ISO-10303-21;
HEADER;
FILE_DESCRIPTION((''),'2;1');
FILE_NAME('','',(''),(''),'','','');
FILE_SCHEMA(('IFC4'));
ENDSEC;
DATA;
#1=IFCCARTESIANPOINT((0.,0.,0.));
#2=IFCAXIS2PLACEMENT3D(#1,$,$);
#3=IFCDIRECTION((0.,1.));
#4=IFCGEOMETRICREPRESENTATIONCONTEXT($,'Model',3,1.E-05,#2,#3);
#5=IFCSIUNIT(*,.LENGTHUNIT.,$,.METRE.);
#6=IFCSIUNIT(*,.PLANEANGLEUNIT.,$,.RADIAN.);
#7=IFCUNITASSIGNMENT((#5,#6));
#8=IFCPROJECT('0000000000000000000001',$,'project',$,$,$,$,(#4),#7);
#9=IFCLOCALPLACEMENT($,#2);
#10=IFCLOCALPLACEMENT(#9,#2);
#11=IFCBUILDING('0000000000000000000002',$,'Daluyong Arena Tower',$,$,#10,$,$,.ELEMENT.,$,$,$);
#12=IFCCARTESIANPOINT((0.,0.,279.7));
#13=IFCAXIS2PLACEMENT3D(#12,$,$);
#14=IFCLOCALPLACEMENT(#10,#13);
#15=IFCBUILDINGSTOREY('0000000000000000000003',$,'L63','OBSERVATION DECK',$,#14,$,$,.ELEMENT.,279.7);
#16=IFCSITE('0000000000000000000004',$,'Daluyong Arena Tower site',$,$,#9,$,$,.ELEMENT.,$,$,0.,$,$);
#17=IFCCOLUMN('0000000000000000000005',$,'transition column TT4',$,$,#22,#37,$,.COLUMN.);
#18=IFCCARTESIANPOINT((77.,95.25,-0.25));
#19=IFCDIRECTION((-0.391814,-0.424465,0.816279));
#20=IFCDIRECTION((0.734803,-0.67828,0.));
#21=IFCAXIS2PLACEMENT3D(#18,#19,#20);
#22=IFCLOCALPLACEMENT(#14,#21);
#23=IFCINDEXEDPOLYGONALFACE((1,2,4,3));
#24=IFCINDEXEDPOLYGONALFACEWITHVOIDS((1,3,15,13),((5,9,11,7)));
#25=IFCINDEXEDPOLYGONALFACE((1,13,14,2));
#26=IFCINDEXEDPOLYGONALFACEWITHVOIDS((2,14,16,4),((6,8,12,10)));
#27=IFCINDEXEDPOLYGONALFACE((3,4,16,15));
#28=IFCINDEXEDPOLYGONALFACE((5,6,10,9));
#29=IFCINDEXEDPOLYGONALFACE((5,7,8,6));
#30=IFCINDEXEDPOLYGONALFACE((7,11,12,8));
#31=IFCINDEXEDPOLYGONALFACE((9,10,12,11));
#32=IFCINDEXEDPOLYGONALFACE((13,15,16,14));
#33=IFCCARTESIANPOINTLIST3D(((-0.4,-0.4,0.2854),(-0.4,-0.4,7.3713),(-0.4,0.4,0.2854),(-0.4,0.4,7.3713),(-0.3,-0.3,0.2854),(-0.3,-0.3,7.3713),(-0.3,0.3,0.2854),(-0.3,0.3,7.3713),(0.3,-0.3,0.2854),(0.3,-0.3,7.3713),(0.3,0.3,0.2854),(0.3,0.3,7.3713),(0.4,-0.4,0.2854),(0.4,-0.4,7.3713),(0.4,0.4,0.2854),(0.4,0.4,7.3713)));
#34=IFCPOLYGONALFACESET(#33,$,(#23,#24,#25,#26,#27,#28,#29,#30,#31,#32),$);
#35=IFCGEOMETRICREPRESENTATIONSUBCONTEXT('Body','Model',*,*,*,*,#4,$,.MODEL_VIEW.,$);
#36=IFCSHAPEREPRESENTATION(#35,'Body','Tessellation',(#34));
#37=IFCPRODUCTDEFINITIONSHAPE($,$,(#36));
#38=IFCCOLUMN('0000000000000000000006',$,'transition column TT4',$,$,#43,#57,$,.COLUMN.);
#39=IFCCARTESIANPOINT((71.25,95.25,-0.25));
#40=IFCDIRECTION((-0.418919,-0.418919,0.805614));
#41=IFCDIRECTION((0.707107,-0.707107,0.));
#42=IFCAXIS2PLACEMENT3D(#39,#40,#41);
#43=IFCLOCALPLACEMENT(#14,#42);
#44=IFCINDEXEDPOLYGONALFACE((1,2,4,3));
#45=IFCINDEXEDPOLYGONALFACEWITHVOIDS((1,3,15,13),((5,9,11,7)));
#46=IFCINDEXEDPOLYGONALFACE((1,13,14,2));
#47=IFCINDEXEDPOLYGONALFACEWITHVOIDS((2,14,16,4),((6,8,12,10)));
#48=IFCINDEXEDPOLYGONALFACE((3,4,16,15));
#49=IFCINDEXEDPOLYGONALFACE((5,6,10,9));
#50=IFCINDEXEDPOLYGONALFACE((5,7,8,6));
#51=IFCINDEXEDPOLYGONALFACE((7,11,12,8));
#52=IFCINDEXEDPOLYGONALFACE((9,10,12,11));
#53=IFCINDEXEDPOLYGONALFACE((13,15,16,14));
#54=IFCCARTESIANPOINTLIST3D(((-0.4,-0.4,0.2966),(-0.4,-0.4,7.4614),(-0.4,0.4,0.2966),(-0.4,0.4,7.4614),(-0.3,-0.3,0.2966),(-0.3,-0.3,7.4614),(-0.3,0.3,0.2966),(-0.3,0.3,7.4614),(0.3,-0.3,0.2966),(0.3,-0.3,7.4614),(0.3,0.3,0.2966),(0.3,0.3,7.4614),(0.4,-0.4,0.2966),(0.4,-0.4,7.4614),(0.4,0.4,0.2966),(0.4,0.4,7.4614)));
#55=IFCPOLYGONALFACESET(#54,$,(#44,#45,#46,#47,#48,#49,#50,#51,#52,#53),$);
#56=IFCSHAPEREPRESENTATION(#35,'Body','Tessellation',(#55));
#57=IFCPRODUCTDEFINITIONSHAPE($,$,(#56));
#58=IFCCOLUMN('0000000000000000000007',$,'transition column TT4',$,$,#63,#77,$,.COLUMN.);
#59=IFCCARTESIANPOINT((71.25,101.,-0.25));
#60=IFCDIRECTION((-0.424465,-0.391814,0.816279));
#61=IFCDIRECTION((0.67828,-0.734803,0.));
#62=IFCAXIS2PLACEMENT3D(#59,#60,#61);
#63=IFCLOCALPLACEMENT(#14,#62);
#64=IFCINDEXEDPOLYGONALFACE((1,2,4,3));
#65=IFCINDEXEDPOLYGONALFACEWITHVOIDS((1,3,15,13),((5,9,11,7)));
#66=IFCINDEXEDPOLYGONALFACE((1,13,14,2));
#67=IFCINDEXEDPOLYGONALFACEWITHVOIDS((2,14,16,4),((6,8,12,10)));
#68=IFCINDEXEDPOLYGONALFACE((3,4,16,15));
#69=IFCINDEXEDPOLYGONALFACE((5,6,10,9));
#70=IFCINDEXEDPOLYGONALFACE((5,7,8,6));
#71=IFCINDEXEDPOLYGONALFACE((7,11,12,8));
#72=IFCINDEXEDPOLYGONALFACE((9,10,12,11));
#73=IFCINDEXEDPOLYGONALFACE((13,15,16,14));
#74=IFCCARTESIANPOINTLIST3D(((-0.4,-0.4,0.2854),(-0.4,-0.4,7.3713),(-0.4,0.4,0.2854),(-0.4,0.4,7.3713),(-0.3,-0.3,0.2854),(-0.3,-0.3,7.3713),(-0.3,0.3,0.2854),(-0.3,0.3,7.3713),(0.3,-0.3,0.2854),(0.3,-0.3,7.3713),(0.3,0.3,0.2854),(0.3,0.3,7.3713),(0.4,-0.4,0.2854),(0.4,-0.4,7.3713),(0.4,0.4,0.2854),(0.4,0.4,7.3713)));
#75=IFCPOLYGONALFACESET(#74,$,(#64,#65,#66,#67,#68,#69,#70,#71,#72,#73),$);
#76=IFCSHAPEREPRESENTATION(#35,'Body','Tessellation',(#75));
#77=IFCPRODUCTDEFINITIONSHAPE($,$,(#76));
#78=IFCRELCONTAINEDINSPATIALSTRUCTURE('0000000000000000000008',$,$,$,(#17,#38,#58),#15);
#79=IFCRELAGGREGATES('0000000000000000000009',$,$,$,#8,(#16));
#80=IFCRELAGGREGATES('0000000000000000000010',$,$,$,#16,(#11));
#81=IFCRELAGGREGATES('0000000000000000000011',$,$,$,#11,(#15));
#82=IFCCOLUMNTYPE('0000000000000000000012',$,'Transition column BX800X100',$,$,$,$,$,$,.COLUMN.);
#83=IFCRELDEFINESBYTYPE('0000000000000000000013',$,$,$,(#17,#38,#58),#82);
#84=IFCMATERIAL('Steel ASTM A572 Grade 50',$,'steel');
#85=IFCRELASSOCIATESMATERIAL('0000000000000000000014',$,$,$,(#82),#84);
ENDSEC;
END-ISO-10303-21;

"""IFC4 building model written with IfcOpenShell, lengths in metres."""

from ifc_helpers import new_model, si_unit, direction, frame, origin, origin_2d, place, context, subcontext, project, spatial, hollow_rectangle, extrude, clip, halfspace, material, material_profile, profile_set, type_object, element, save


model = new_model("IFC4")

# Units and contexts
model_context = context("Model", 3, precision=1e-05, world=origin(), true_north=direction((0.0, 1.0)))
body_context = subcontext(model_context, "Body", "Model", "MODEL_VIEW")
ifc_project = project(units=[si_unit("LENGTHUNIT", "METRE"), si_unit("PLANEANGLEUNIT", "RADIAN")], contexts=[model_context])

# Site, building, storey
site_placement = place(None, origin())
site = spatial("IfcSite", under=ifc_project, at=site_placement, Name="Daluyong Arena Tower site", CompositionType="ELEMENT", RefElevation=0.0)
building_placement = place(site_placement, origin())
building = spatial("IfcBuilding", under=site, at=building_placement, Name="Daluyong Arena Tower", CompositionType="ELEMENT")
storey_placement = place(building_placement, frame((0.0, 0.0, 279.7)))
storey = spatial("IfcBuildingStorey", under=building, at=storey_placement, Name="L63", Description="OBSERVATION DECK", CompositionType="ELEMENT", Elevation=279.7)

# Columns
ifc_material_1 = material(Name="Steel ASTM A572 Grade 50", Category="steel")
ifc_material_profile_1 = material_profile(ifc_material_1, hollow_rectangle(XDim=0.8, YDim=0.8, WallThickness=0.1, at=origin_2d()))
ifc_profile_set_1 = profile_set([ifc_material_profile_1], Name="Steel ASTM A572 Grade 50")
column_type_1 = type_object("IfcColumnType", Name="Transition column BX800X100", PredefinedType="COLUMN", material=ifc_profile_set_1)
column_1_placement = place(storey_placement, frame((77.0, 95.25, -0.25), z_axis=(-0.391814, -0.424465, 0.816279), x_axis=(0.734803, -0.67828, 0.0)))
element("IfcColumn", 1, at=column_1_placement, inside=storey, type_object=column_type_1, Name="transition column TT4", PredefinedType="COLUMN", context=body_context, shape_type="Clipping", body=[
    clip(clip(extrude(hollow_rectangle(XDim=0.8, YDim=0.8, WallThickness=0.1, at=origin_2d()), origin(), (0.0, 0.0, 1.0), 7.6567), halfspace(frame((0.0, 0.0, 0.2854), z_axis=(0.0, 0.0, 1.0), x_axis=(1.0, 0.0, 0.0)), True)), halfspace(frame((0.0, 0.0, 7.3713), z_axis=(0.0, 0.0, -1.0), x_axis=(1.0, 0.0, 0.0)), True)),
])
column_2_placement = place(storey_placement, frame((71.25, 95.25, -0.25), z_axis=(-0.418919, -0.418919, 0.805614), x_axis=(0.707107, -0.707107, 0.0)))
element("IfcColumn", 2, at=column_2_placement, inside=storey, type_object=column_type_1, Name="transition column TT4", PredefinedType="COLUMN", context=body_context, shape_type="Clipping", body=[
    clip(clip(extrude(hollow_rectangle(XDim=0.8, YDim=0.8, WallThickness=0.1, at=origin_2d()), origin(), (0.0, 0.0, 1.0), 7.7581), halfspace(frame((0.0, 0.0, 0.2966), z_axis=(0.0, 0.0, 1.0), x_axis=(1.0, 0.0, 0.0)), True)), halfspace(frame((0.0, 0.0, 7.4614), z_axis=(0.0, 0.0, -1.0), x_axis=(1.0, 0.0, 0.0)), True)),
])
column_3_placement = place(storey_placement, frame((71.25, 101.0, -0.25), z_axis=(-0.424465, -0.391814, 0.816279), x_axis=(0.67828, -0.734803, 0.0)))
element("IfcColumn", 3, at=column_3_placement, inside=storey, type_object=column_type_1, Name="transition column TT4", PredefinedType="COLUMN", context=body_context, shape_type="Clipping", body=[
    clip(clip(extrude(hollow_rectangle(XDim=0.8, YDim=0.8, WallThickness=0.1, at=origin_2d()), origin(), (0.0, 0.0, 1.0), 7.6567), halfspace(frame((0.0, 0.0, 0.2854), z_axis=(0.0, 0.0, 1.0), x_axis=(1.0, 0.0, 0.0)), True)), halfspace(frame((0.0, 0.0, 7.3713), z_axis=(0.0, 0.0, -1.0), x_axis=(1.0, 0.0, 0.0)), True)),
])

save(model, "model.ifc")
